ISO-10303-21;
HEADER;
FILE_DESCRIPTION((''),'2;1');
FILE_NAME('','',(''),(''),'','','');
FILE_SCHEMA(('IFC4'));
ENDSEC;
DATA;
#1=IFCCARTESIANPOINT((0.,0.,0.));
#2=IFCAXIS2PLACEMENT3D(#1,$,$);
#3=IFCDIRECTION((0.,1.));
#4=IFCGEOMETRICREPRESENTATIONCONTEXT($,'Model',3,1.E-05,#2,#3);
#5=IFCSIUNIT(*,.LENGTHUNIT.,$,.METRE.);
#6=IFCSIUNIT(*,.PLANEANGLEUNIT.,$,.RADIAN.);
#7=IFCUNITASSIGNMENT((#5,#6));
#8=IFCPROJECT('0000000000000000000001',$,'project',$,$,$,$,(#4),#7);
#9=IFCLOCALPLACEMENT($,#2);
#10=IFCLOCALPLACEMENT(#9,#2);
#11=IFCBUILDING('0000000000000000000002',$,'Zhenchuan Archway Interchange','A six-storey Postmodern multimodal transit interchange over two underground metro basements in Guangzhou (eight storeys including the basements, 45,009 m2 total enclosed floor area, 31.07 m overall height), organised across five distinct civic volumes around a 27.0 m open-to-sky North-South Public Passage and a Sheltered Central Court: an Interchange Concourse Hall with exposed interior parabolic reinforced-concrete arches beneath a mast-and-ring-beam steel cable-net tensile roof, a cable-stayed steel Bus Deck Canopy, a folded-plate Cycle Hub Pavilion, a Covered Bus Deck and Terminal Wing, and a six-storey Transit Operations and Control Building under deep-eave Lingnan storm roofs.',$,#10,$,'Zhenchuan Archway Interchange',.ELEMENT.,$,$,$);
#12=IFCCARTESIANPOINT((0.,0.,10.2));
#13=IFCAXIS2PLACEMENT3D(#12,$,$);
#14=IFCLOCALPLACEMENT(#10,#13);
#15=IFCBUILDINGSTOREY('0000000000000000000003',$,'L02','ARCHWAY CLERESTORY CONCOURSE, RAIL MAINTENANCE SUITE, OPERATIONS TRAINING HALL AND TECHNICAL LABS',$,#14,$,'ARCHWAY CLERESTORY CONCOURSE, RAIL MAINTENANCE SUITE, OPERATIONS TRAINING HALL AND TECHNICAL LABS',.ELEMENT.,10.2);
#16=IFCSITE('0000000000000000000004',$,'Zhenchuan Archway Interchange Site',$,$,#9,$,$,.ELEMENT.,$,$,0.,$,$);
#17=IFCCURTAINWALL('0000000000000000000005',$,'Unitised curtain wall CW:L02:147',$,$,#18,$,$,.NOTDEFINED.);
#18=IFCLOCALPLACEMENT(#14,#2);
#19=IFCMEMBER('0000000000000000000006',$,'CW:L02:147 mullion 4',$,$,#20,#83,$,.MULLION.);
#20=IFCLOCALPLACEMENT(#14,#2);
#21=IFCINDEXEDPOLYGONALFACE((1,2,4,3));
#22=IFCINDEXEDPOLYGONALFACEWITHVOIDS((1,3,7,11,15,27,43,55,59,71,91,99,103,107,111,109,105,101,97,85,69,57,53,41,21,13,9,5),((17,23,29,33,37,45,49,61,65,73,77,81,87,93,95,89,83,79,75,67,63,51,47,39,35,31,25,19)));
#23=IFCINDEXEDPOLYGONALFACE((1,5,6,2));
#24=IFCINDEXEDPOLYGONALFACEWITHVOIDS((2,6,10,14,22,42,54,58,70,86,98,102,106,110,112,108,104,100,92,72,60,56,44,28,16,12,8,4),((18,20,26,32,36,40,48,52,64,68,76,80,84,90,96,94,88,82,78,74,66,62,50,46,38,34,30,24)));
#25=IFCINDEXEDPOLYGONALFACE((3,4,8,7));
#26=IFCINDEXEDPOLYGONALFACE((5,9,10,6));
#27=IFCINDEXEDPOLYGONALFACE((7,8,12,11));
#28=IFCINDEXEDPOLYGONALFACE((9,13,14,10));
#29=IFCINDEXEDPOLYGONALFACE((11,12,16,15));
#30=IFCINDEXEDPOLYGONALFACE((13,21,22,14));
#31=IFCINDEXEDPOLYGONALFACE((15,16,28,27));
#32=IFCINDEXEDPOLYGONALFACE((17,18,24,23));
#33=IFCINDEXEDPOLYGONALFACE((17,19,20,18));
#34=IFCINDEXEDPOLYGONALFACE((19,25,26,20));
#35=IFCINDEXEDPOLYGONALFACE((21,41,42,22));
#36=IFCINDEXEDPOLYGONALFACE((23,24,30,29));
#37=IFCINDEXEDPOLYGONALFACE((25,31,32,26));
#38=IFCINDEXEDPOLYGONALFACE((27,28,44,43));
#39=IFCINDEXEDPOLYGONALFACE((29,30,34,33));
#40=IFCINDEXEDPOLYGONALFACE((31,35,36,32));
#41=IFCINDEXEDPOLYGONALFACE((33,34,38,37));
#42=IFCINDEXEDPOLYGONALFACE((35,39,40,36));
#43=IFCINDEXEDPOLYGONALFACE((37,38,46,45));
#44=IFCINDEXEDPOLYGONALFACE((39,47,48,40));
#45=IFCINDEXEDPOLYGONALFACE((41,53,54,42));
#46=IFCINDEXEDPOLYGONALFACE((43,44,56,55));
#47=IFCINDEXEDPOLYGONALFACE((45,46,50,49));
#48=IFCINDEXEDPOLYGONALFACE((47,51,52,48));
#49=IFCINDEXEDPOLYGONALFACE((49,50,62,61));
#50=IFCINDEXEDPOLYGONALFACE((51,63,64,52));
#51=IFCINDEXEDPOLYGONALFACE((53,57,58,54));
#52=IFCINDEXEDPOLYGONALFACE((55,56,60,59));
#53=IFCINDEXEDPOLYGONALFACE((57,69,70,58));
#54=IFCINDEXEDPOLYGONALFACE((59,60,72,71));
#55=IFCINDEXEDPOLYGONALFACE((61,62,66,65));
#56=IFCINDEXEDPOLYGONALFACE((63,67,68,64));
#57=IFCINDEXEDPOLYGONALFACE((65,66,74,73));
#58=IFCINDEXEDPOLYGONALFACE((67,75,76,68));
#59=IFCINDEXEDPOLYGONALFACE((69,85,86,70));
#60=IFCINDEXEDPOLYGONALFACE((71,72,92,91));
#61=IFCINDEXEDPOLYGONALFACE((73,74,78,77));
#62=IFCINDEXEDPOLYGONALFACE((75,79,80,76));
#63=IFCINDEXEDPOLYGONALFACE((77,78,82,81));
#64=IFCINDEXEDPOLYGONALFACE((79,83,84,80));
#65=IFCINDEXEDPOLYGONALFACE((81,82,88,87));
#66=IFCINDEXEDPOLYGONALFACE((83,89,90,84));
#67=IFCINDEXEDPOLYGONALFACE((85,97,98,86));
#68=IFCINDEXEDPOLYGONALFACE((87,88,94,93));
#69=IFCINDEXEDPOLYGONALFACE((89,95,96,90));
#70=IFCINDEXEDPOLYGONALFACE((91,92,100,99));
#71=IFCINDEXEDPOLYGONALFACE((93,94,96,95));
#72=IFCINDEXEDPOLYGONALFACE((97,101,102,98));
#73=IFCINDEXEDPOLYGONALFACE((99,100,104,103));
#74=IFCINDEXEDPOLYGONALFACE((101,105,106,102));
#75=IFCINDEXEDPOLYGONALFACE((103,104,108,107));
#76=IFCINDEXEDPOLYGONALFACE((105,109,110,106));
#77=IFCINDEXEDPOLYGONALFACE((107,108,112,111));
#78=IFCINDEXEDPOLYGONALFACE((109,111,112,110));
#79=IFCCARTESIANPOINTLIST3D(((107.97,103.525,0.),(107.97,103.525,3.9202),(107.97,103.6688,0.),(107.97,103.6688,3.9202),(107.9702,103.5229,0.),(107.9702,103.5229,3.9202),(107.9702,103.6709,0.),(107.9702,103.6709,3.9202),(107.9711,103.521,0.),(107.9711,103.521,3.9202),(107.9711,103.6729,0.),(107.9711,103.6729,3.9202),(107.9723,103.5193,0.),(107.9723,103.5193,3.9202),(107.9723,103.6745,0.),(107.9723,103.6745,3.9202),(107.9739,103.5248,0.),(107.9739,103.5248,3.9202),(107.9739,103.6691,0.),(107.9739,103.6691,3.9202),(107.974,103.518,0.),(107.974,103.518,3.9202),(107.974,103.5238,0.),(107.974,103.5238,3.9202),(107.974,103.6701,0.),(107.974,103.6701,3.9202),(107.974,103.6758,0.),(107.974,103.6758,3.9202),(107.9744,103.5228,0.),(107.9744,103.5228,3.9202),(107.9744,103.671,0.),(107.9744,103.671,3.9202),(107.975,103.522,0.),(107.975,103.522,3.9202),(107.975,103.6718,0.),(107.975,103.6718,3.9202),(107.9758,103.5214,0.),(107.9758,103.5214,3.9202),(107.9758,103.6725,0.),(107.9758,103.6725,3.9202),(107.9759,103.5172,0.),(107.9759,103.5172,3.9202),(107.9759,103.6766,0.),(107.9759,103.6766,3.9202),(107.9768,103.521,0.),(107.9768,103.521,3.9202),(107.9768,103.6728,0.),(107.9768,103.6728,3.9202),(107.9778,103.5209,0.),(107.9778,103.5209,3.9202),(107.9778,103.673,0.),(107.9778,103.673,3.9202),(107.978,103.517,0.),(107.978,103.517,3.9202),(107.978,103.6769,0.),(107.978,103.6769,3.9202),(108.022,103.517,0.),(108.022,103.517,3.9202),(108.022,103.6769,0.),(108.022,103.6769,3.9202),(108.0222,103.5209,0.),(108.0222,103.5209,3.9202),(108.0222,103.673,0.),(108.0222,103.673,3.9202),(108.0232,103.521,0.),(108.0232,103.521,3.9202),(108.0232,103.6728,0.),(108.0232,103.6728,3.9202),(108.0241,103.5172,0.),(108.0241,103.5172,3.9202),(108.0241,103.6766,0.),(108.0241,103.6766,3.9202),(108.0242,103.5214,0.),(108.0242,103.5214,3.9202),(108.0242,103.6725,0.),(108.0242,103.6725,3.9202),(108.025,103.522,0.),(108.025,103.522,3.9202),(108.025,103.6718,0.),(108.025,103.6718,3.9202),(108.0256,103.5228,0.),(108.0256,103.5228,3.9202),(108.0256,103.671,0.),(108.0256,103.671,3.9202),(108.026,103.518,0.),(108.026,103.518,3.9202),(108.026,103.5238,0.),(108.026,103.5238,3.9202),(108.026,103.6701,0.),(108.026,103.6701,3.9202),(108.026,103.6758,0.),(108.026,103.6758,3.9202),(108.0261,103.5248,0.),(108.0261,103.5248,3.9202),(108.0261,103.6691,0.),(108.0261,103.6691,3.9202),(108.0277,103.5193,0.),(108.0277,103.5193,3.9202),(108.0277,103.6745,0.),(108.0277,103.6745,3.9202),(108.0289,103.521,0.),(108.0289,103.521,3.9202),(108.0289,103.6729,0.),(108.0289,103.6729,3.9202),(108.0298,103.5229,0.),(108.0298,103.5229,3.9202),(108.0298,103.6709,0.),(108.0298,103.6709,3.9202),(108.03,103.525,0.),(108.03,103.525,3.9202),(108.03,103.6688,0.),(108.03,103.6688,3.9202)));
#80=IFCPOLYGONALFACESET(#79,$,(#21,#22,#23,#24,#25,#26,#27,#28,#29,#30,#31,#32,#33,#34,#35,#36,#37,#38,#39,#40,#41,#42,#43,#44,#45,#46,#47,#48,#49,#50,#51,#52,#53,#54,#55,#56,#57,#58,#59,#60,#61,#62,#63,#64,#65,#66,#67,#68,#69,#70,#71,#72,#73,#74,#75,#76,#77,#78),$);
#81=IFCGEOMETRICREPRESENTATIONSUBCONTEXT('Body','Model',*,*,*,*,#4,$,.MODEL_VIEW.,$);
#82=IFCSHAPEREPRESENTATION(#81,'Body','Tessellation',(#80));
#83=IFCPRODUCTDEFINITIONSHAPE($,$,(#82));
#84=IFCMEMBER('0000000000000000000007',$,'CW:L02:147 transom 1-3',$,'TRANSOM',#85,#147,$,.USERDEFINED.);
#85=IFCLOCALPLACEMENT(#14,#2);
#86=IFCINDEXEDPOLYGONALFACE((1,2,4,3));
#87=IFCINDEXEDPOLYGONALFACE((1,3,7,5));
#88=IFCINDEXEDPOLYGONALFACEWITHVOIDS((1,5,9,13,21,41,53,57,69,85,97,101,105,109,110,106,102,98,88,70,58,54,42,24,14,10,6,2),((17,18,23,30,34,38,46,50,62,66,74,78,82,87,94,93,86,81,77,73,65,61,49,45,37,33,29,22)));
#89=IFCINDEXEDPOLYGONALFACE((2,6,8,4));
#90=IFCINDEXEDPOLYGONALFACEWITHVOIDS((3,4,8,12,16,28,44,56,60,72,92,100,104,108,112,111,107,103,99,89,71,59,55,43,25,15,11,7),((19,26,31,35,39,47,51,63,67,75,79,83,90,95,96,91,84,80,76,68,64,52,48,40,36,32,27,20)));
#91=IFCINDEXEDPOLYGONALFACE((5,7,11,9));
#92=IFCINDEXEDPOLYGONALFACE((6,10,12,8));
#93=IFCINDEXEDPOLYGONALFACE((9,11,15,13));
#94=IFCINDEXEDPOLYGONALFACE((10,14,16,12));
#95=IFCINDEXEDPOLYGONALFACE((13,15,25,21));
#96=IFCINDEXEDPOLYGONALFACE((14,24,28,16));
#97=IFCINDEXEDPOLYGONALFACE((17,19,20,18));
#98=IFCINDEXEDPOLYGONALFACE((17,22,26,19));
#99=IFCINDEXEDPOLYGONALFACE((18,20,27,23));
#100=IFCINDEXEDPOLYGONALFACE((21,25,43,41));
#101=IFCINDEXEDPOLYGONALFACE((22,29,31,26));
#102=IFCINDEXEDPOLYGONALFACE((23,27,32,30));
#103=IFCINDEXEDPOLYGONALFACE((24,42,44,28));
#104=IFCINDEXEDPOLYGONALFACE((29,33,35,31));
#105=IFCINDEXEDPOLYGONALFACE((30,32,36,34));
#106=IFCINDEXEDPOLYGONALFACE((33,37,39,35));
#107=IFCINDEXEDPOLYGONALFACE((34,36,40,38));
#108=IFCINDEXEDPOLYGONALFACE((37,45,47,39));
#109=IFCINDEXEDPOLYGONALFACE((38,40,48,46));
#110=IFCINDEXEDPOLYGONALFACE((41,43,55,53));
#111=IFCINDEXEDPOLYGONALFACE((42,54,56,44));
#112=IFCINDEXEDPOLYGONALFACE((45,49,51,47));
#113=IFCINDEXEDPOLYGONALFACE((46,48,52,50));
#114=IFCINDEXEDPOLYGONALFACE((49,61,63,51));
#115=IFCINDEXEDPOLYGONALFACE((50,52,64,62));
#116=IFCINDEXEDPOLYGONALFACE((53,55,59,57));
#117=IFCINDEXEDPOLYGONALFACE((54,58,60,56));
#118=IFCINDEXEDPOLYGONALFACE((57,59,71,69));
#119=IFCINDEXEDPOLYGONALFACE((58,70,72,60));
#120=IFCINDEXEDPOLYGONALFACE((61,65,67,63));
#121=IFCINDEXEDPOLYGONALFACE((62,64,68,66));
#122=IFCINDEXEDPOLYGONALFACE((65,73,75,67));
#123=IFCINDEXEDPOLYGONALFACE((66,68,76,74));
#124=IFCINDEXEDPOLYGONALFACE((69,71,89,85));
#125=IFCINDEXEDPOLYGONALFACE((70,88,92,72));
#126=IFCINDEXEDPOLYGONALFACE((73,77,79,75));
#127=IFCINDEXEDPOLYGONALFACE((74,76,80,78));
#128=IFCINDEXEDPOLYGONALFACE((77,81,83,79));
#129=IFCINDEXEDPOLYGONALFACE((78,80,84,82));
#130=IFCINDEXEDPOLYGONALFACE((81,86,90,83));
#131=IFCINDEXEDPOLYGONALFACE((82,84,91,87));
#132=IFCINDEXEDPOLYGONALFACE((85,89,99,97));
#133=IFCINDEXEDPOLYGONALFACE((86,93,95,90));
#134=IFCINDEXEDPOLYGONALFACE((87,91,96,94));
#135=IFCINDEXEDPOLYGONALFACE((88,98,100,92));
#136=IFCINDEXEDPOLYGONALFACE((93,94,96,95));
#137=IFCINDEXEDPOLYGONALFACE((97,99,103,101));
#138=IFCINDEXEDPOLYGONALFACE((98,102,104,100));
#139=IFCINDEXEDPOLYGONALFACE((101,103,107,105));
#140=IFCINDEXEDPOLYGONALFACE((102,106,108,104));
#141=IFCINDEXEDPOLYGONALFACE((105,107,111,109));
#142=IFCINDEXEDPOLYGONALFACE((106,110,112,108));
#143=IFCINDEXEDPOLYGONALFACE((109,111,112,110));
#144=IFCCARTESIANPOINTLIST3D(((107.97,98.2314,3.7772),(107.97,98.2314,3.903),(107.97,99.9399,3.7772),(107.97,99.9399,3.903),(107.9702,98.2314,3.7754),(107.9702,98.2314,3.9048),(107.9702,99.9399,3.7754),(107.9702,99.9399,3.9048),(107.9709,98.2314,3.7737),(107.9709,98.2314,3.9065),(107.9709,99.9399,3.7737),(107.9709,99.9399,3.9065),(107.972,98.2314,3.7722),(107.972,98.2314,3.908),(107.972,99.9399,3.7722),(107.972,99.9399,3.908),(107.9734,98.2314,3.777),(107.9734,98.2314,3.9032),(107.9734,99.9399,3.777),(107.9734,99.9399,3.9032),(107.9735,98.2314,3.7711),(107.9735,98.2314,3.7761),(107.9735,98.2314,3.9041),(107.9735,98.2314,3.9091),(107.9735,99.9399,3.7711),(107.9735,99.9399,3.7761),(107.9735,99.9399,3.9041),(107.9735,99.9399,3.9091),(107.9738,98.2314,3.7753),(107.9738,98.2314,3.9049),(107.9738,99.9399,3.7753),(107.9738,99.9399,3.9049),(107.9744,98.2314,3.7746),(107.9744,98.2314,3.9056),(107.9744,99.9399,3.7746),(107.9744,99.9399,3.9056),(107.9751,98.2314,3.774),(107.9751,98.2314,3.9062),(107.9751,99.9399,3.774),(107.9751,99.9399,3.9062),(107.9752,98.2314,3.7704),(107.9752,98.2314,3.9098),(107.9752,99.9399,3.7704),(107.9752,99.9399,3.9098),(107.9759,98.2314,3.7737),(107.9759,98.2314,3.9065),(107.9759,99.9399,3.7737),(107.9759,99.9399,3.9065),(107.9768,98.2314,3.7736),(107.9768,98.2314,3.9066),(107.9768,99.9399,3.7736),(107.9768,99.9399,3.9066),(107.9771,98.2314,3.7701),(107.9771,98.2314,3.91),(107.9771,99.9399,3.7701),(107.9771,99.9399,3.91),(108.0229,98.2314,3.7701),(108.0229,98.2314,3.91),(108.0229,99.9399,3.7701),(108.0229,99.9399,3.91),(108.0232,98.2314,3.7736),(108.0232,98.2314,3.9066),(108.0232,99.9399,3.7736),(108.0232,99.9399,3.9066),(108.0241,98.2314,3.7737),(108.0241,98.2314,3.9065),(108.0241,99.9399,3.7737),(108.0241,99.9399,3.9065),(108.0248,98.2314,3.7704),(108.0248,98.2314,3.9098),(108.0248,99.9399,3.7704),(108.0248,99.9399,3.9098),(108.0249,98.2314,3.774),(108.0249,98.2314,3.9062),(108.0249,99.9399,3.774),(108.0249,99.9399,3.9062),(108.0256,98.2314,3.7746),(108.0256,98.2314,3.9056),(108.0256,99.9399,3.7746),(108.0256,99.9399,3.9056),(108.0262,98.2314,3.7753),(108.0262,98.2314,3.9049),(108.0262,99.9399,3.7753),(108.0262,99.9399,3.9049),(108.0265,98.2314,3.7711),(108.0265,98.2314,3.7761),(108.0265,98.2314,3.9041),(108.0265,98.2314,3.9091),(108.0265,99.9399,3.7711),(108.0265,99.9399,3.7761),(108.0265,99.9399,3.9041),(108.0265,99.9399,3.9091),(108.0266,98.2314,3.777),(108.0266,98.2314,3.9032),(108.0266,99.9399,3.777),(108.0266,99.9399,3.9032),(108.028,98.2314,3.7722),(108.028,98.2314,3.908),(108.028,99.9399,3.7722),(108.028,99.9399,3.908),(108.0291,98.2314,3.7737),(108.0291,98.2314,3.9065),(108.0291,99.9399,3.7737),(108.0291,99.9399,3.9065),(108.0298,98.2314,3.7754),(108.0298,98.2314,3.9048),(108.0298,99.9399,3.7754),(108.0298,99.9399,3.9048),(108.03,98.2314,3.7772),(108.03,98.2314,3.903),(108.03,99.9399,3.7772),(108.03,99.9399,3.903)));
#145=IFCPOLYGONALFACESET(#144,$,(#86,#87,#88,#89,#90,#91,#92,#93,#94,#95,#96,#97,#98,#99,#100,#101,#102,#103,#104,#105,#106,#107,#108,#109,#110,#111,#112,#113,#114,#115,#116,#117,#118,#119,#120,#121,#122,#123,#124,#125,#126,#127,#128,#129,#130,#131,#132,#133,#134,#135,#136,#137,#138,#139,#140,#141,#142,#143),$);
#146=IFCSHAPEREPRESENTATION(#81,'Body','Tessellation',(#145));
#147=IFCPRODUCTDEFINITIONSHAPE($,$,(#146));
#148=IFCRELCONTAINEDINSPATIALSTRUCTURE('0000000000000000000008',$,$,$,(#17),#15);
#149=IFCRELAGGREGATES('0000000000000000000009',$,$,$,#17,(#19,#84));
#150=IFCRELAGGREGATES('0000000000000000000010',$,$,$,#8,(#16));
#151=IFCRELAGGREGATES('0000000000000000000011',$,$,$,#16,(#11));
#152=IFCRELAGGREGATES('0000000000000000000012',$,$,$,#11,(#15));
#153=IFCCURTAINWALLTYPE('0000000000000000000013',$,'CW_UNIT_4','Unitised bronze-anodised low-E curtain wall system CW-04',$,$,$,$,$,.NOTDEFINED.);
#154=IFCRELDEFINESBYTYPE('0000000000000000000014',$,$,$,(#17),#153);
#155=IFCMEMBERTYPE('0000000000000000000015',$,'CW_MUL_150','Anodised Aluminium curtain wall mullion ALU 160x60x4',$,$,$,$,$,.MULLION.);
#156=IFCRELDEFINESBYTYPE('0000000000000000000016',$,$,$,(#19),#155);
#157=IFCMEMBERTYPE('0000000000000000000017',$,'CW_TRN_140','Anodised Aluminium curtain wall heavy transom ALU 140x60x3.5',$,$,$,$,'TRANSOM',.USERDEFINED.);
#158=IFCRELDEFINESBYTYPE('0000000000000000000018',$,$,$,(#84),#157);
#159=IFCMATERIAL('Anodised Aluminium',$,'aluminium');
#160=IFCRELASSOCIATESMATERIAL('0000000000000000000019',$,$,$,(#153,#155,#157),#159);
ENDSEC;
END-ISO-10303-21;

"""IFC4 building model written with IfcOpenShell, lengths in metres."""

from ifc_helpers import new_model, si_unit, direction, frame, origin, origin_2d, place, context, subcontext, project, spatial, hollow_rectangle, extrude, material, material_profile, profile_set, type_object, element, aggregate, save


model = new_model("IFC4")

# Units and contexts
model_context = context("Model", 3, precision=1e-05, world=origin(), true_north=direction((0.0, 1.0)))
body_context = subcontext(model_context, "Body", "Model", "MODEL_VIEW")
ifc_project = project(units=[si_unit("LENGTHUNIT", "METRE"), si_unit("PLANEANGLEUNIT", "RADIAN")], contexts=[model_context])

# Site, building, storey
site_placement = place(None, origin())
site = spatial("IfcSite", under=ifc_project, at=site_placement, Name="Zhenchuan Archway Interchange Site", CompositionType="ELEMENT", RefElevation=0.0)
building_placement = place(site_placement, origin())
building = spatial("IfcBuilding", under=site, at=building_placement, Name="Zhenchuan Archway Interchange", Description="A six-storey Postmodern multimodal transit interchange over two underground metro basements in Guangzhou (eight storeys including the basements, 45,009 m2 total enclosed floor area, 31.07 m overall height), organised across five distinct civic volumes around a 27.0 m open-to-sky North-South Public Passage and a Sheltered Central Court: an Interchange Concourse Hall with exposed interior parabolic reinforced-concrete arches beneath a mast-and-ring-beam steel cable-net tensile roof, a cable-stayed steel Bus Deck Canopy, a folded-plate Cycle Hub Pavilion, a Covered Bus Deck and Terminal Wing, and a six-storey Transit Operations and Control Building under deep-eave Lingnan storm roofs.", LongName="Zhenchuan Archway Interchange", CompositionType="ELEMENT")
storey_placement = place(building_placement, frame((0.0, 0.0, 10.2)))
storey = spatial("IfcBuildingStorey", under=building, at=storey_placement, Name="L02", Description="ARCHWAY CLERESTORY CONCOURSE, RAIL MAINTENANCE SUITE, OPERATIONS TRAINING HALL AND TECHNICAL LABS", LongName="ARCHWAY CLERESTORY CONCOURSE, RAIL MAINTENANCE SUITE, OPERATIONS TRAINING HALL AND TECHNICAL LABS", CompositionType="ELEMENT", Elevation=10.2)

# Curtain wall, members
ifc_material_1 = material(Name="Anodised Aluminium", Category="aluminium")
curtain_wall_type = type_object("IfcCurtainWallType", Name="CW_UNIT_4", Description="Unitised bronze-anodised low-E curtain wall system CW-04", PredefinedType="NOTDEFINED", material=ifc_material_1)
curtain_wall_placement = place(storey_placement, origin())
curtain_wall = element("IfcCurtainWall", 1, at=curtain_wall_placement, inside=storey, type_object=curtain_wall_type, Name="Unitised curtain wall CW:L02:147", PredefinedType="NOTDEFINED")
ifc_material_profile_1 = material_profile(ifc_material_1, hollow_rectangle(XDim=0.0601, YDim=0.1599, WallThickness=0.0039, InnerFilletRadius=0.0039, OuterFilletRadius=0.0081, at=origin_2d()), Name="ALU 160x60x4")
ifc_profile_set_1 = profile_set([ifc_material_profile_1], Name="Anodised Aluminium")
member_type_1 = type_object("IfcMemberType", Name="CW_MUL_150", Description="Anodised Aluminium curtain wall mullion ALU 160x60x4", PredefinedType="MULLION", material=ifc_profile_set_1)
member_1_placement = place(storey_placement, frame((108.0, 103.5969, 0.0), z_axis=(0.0, 0.0, 1.0), x_axis=(1.0, 0.0, 0.0)))
member_1 = element("IfcMember", 2, at=member_1_placement, type_object=member_type_1, Name="CW:L02:147 mullion 4", PredefinedType="MULLION", context=body_context, shape_type="SweptSolid", body=[
    extrude(hollow_rectangle(XDim=0.0601, YDim=0.1599, WallThickness=0.0039, InnerFilletRadius=0.0039, OuterFilletRadius=0.0081, at=origin_2d()), origin(), (0.0, 0.0, 1.0), 3.9202),
])
ifc_material_profile_2 = material_profile(ifc_material_1, hollow_rectangle(XDim=0.0601, YDim=0.1399, WallThickness=0.0034, InnerFilletRadius=0.0034, OuterFilletRadius=0.0071, at=origin_2d()), Name="ALU 140x60x3.5")
ifc_profile_set_2 = profile_set([ifc_material_profile_2], Name="Anodised Aluminium")
member_type_2 = type_object("IfcMemberType", Name="CW_TRN_140", Description="Anodised Aluminium curtain wall heavy transom ALU 140x60x3.5", ElementType="TRANSOM", PredefinedType="USERDEFINED", material=ifc_profile_set_2)
member_2_placement = place(storey_placement, frame((108.0, 98.2314, 3.8401), z_axis=(0.0, 1.0, 0.0), x_axis=(-1.0, 0.0, 0.0)))
member_2 = element("IfcMember", 3, at=member_2_placement, type_object=member_type_2, Name="CW:L02:147 transom 1-3", ObjectType="TRANSOM", PredefinedType="USERDEFINED", context=body_context, shape_type="SweptSolid", body=[
    extrude(hollow_rectangle(XDim=0.0601, YDim=0.1399, WallThickness=0.0034, InnerFilletRadius=0.0034, OuterFilletRadius=0.0071, at=origin_2d()), origin(), (0.0, 0.0, 1.0), 1.7085),
])

aggregate(curtain_wall, [member_1, member_2])

save(model, "model.ifc")
